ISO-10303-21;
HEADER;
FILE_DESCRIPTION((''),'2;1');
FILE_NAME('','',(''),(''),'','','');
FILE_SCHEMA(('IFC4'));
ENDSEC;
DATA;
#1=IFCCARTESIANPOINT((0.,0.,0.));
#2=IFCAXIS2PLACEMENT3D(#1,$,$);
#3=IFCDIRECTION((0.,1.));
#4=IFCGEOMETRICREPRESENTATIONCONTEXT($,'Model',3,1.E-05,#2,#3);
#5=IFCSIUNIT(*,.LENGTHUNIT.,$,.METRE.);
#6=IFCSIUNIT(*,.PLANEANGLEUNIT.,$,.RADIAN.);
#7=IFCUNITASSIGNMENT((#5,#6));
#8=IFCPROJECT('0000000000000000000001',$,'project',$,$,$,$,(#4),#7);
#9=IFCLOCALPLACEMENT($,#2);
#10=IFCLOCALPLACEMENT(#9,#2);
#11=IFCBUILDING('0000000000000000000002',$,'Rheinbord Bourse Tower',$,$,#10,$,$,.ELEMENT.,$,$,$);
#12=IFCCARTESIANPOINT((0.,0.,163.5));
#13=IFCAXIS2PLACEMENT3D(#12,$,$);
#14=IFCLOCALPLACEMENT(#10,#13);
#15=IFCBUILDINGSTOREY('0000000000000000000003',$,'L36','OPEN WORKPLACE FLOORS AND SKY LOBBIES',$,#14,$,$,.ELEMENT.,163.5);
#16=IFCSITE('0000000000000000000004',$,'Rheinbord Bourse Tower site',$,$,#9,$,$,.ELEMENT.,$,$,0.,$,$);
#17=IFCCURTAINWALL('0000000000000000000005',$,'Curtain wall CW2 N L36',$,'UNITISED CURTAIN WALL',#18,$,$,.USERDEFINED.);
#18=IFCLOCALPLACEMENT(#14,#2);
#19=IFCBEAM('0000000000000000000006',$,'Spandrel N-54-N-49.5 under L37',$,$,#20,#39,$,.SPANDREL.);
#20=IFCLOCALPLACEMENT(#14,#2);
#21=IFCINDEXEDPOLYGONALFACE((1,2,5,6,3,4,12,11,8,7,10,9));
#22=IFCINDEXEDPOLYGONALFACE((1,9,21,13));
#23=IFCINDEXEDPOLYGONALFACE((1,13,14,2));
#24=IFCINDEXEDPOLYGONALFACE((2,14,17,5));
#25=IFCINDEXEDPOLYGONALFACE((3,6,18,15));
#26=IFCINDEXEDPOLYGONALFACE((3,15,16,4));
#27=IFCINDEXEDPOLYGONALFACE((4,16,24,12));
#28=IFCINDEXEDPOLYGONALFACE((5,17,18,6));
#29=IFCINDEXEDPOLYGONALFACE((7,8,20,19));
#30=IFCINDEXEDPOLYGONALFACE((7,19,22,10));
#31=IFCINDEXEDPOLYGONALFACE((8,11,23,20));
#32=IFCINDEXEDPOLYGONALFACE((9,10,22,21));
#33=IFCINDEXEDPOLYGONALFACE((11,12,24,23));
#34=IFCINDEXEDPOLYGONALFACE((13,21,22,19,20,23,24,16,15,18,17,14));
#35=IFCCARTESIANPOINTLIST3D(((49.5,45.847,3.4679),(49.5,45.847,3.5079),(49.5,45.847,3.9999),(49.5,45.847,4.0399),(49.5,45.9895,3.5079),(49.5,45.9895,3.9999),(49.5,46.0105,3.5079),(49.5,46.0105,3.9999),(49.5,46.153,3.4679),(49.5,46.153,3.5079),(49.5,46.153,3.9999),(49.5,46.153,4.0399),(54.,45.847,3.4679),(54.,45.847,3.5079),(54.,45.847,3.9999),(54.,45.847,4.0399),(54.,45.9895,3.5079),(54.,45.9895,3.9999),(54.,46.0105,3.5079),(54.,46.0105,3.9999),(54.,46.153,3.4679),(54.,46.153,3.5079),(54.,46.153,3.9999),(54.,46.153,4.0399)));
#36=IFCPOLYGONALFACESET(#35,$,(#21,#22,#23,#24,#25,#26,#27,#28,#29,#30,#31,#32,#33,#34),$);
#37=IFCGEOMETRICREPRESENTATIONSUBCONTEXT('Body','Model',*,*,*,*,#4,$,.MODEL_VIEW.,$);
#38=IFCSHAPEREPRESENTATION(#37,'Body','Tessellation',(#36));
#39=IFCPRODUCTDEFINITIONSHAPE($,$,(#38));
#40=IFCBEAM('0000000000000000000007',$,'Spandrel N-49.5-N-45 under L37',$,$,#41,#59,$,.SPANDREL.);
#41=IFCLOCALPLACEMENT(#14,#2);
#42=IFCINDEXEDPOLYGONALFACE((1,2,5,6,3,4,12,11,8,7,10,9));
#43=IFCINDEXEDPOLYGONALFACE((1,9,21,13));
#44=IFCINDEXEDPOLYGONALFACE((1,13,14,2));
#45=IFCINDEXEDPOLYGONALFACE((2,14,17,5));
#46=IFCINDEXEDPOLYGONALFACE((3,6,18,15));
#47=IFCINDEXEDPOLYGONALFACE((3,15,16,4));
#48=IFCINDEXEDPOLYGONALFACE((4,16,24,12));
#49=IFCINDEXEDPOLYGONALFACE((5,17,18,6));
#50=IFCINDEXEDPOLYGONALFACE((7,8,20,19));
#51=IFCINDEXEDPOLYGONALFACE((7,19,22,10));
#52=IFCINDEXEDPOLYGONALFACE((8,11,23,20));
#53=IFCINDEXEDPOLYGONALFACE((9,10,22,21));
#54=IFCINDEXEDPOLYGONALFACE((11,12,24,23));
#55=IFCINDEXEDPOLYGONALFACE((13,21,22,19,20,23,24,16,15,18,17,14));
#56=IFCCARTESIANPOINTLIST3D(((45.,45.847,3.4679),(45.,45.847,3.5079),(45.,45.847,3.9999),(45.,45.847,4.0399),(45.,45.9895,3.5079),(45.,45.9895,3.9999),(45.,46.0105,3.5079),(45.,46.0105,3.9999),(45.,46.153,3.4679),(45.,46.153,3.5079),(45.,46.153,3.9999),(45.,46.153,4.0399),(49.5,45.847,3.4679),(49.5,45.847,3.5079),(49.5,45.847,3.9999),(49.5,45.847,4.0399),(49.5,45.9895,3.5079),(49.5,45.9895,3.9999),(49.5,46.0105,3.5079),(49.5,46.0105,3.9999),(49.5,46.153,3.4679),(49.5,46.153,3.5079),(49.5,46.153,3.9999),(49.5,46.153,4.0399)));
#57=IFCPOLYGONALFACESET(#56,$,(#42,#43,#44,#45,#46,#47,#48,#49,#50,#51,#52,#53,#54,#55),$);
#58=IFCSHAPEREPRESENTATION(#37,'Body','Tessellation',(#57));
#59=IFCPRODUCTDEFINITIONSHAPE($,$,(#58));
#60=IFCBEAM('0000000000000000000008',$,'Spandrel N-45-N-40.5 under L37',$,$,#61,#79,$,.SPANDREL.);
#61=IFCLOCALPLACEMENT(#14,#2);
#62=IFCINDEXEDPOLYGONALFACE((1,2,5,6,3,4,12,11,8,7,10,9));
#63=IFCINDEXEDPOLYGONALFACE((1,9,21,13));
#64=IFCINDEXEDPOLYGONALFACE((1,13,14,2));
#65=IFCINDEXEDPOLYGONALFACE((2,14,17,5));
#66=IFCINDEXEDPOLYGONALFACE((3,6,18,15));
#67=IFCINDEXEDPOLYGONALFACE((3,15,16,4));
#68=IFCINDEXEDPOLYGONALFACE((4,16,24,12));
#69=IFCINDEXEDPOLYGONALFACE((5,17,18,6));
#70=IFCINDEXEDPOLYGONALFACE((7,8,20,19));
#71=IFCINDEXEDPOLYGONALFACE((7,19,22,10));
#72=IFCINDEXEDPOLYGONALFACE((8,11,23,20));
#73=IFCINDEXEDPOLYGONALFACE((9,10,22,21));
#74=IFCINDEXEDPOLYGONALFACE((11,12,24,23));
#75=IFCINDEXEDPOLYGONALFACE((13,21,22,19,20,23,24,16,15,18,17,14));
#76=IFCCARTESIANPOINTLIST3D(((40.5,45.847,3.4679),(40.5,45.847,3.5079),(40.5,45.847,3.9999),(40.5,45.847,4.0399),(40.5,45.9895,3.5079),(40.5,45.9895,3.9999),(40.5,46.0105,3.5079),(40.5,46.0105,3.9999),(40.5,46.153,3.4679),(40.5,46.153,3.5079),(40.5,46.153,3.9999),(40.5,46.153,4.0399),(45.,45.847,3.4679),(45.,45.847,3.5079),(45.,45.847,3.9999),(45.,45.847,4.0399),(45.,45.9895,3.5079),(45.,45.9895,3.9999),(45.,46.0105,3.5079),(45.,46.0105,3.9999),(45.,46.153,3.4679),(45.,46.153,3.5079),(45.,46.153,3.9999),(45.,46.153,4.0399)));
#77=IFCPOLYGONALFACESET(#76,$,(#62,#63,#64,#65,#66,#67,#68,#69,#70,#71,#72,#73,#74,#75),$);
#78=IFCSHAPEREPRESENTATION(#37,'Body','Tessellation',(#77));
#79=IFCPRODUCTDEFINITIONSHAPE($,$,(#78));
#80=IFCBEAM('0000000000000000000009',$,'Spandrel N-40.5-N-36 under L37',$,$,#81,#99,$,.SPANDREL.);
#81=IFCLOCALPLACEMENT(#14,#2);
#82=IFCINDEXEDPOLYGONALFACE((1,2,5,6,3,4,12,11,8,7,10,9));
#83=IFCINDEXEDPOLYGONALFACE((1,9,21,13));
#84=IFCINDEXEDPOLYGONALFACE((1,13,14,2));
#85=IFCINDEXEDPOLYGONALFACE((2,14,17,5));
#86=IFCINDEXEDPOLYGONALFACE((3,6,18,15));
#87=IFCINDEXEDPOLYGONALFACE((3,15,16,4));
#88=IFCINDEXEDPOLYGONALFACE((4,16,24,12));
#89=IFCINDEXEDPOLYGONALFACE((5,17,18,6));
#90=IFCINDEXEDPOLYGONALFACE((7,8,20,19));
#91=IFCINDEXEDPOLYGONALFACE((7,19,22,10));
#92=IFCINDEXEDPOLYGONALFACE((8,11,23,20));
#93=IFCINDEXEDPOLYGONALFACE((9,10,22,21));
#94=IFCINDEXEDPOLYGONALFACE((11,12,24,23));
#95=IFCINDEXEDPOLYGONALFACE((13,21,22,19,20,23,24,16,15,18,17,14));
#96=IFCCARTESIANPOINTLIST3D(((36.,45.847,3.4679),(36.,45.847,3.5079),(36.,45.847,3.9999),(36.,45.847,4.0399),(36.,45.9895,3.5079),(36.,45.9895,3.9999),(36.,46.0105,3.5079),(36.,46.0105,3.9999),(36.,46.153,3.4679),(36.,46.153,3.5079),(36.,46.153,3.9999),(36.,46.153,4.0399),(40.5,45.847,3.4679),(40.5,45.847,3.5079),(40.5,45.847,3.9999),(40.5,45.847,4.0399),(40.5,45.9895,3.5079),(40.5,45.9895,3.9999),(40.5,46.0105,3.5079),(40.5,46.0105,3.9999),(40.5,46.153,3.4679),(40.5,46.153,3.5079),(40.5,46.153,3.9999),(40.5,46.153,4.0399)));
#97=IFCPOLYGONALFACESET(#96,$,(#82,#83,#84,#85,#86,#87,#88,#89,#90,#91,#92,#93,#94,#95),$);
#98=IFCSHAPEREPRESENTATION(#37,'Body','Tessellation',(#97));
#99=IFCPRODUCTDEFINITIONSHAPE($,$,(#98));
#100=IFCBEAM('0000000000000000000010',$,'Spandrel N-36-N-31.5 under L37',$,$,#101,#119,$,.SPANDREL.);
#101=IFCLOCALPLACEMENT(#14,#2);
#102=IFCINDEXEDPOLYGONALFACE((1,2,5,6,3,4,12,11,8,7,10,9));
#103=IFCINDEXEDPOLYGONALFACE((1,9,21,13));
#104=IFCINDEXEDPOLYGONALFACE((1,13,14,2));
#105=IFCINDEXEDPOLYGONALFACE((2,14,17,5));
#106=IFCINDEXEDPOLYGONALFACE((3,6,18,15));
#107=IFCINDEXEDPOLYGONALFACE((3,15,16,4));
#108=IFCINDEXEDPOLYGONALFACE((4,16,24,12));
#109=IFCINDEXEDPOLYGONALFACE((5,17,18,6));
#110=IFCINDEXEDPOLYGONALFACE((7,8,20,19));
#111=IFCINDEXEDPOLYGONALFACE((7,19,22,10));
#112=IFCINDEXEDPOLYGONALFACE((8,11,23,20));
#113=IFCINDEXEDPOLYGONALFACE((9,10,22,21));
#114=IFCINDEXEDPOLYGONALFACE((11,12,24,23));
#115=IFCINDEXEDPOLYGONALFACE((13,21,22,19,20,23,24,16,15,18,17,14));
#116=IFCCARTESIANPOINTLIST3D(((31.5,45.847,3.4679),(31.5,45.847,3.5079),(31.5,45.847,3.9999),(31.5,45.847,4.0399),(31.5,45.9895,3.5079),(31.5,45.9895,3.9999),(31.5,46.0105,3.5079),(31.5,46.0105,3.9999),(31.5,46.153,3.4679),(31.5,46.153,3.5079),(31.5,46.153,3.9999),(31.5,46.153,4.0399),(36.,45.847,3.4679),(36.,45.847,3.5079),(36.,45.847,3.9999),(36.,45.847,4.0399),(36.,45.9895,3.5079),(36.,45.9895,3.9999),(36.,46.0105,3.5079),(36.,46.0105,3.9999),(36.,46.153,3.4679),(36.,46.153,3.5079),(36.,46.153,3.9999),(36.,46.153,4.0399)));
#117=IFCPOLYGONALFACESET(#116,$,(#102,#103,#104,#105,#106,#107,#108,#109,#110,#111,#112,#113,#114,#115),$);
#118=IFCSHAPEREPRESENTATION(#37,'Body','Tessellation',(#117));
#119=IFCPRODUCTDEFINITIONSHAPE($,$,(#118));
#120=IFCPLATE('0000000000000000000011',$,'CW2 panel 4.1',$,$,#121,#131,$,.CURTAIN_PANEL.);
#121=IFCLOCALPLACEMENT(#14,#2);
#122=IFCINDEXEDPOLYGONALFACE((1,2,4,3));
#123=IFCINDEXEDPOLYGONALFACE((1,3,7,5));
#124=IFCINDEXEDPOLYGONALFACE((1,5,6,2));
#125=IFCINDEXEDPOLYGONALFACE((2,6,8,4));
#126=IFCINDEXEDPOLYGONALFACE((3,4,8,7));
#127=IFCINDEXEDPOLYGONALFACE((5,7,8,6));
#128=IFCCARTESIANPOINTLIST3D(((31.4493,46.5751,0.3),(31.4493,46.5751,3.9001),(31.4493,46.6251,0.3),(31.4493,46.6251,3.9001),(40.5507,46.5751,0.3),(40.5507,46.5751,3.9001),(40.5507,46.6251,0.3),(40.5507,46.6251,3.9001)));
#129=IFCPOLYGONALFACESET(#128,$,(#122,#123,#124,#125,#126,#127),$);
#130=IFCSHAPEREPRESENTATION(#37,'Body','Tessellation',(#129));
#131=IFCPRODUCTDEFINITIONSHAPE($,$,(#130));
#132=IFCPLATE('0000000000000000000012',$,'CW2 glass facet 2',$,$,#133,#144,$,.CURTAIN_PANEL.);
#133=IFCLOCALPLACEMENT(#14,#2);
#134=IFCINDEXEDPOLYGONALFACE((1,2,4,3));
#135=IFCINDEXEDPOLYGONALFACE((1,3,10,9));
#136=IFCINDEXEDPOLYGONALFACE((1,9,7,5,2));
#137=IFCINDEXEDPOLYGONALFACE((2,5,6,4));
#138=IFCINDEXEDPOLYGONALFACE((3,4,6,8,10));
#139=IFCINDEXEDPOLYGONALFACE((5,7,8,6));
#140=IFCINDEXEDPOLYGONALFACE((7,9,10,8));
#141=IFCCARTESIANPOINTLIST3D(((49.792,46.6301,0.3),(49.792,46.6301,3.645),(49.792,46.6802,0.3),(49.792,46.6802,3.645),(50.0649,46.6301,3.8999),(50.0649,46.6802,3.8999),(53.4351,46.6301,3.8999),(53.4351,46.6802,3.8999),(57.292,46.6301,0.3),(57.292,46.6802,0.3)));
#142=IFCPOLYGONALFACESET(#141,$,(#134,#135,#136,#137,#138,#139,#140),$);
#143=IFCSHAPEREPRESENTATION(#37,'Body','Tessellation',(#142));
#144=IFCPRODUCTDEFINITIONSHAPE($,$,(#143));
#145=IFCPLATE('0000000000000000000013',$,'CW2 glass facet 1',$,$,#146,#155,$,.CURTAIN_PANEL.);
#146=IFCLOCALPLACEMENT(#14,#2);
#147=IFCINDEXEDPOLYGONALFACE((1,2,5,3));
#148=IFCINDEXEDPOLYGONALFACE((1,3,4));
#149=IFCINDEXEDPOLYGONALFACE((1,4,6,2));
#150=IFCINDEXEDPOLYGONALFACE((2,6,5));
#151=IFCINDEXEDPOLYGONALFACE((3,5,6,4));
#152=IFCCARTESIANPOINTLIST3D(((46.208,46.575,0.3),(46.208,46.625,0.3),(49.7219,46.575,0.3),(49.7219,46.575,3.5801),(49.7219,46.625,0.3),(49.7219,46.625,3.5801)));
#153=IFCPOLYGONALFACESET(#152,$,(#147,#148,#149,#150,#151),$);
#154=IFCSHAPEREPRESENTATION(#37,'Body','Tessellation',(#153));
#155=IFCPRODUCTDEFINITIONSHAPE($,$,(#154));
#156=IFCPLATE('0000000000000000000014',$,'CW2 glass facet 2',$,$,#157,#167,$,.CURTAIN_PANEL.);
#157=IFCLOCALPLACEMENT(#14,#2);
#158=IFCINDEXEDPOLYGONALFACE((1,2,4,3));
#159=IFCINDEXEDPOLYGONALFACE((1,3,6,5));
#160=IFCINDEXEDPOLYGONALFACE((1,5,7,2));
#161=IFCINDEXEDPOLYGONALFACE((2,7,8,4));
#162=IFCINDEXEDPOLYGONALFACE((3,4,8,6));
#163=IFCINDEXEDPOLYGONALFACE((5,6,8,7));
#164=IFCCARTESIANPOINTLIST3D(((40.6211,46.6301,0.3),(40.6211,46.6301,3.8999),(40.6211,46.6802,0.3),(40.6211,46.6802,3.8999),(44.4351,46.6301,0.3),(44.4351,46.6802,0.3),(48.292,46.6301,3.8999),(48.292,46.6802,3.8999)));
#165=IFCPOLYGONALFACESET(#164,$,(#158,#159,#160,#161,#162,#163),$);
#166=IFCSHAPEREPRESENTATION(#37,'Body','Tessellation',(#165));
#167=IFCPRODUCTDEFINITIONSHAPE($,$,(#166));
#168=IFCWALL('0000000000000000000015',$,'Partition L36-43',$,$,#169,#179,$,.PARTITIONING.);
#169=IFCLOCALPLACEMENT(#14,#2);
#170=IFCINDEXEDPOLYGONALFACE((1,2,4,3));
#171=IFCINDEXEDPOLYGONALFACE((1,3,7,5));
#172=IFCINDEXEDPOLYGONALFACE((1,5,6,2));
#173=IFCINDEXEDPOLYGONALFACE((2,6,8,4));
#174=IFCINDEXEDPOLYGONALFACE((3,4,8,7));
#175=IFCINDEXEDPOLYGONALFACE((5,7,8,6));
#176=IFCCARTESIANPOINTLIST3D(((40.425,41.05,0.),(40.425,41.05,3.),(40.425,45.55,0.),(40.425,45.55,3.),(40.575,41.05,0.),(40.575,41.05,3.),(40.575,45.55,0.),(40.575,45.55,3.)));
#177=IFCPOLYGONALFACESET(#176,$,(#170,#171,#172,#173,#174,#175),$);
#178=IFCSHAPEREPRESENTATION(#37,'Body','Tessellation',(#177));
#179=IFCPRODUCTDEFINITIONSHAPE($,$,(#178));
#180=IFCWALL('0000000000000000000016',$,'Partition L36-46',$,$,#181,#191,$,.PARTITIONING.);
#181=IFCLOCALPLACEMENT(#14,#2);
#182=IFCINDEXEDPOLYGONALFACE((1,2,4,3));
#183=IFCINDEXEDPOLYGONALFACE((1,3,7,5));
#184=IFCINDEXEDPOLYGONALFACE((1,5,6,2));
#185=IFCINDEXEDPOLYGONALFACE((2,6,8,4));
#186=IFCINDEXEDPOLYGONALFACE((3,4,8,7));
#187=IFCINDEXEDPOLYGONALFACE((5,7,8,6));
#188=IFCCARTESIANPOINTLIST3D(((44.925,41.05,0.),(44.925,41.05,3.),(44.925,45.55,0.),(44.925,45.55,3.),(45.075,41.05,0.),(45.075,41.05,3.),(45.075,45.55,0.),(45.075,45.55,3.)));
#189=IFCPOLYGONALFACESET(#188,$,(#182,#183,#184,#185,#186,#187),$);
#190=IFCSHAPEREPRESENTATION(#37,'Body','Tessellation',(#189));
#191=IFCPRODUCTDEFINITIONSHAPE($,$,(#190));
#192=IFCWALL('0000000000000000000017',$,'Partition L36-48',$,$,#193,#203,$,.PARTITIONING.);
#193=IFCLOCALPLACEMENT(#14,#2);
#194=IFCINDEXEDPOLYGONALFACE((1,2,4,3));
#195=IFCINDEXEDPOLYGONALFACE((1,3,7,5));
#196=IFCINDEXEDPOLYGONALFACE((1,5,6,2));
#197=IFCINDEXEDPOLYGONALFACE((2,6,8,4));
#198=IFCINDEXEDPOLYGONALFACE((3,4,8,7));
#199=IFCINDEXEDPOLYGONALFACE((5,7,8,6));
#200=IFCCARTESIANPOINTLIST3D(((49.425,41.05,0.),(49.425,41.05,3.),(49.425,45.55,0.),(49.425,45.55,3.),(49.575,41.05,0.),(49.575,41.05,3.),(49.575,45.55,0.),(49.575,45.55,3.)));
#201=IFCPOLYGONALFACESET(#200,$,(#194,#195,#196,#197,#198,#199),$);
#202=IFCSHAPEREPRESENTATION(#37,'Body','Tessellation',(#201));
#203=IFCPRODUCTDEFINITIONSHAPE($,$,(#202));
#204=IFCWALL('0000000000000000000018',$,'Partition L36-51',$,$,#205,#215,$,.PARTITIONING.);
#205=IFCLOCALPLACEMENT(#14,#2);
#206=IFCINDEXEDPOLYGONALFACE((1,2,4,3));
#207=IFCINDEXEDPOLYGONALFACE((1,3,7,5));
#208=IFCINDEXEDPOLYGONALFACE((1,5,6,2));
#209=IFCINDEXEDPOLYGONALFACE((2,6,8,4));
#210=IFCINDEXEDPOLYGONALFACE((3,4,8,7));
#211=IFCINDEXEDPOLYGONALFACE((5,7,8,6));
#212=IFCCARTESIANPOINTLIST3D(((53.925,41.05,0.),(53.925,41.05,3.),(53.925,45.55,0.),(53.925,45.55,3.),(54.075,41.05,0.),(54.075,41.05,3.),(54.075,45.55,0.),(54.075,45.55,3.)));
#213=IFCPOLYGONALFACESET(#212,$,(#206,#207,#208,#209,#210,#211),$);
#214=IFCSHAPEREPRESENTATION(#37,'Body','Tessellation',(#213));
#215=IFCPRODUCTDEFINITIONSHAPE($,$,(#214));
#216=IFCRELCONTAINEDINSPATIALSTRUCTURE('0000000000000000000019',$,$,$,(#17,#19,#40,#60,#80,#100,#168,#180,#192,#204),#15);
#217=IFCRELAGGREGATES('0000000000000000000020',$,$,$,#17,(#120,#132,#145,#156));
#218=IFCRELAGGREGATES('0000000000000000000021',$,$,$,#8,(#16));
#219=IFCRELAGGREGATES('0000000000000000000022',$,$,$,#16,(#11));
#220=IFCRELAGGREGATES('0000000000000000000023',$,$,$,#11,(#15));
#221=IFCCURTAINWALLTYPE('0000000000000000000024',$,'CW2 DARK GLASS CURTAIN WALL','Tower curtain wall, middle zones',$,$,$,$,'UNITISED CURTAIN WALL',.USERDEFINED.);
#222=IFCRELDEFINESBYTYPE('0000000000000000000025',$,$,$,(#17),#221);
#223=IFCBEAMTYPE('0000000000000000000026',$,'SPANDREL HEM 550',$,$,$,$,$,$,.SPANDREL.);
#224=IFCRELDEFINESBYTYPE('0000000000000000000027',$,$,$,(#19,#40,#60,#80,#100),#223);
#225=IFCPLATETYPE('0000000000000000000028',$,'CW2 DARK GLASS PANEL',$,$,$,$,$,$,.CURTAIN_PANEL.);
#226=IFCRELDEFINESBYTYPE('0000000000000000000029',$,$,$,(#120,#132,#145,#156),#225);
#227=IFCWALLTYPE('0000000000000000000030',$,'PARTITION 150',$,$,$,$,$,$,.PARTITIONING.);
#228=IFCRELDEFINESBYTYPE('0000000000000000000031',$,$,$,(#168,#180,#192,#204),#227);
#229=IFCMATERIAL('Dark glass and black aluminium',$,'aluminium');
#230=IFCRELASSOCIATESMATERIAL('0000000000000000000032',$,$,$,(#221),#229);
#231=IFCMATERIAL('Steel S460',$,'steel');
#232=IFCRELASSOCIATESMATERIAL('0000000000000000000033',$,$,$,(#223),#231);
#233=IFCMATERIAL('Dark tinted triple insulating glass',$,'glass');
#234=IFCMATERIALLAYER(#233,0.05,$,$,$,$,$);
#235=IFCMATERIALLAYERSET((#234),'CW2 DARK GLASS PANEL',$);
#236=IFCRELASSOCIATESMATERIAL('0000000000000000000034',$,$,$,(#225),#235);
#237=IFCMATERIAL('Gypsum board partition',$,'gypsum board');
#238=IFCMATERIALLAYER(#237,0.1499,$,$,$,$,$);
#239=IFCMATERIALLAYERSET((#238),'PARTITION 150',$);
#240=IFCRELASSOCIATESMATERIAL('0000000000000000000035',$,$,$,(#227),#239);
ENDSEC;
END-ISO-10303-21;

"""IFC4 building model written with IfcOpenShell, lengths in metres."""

from ifc_helpers import new_model, si_unit, direction, frame, frame_2d, origin, origin_2d, place, context, subcontext, project, spatial, polyline, rectangle, i_section, outline, extrude, material, layer, layer_set, material_profile, profile_set, type_object, element, aggregate, save


model = new_model("IFC4")

# Units and contexts
model_context = context("Model", 3, precision=1e-05, world=origin(), true_north=direction((0.0, 1.0)))
body_context = subcontext(model_context, "Body", "Model", "MODEL_VIEW")
ifc_project = project(units=[si_unit("LENGTHUNIT", "METRE"), si_unit("PLANEANGLEUNIT", "RADIAN")], contexts=[model_context])

# Site, building, storey
site_placement = place(None, origin())
site = spatial("IfcSite", under=ifc_project, at=site_placement, Name="Rheinbord Bourse Tower site", CompositionType="ELEMENT", RefElevation=0.0)
building_placement = place(site_placement, origin())
building = spatial("IfcBuilding", under=site, at=building_placement, Name="Rheinbord Bourse Tower", CompositionType="ELEMENT")
storey_placement = place(building_placement, frame((0.0, 0.0, 163.5)))
storey = spatial("IfcBuildingStorey", under=building, at=storey_placement, Name="L36", Description="OPEN WORKPLACE FLOORS AND SKY LOBBIES", CompositionType="ELEMENT", Elevation=163.5)

# Curtain wall
ifc_material_1 = material(Name="Dark glass and black aluminium", Category="aluminium")
curtain_wall_type = type_object("IfcCurtainWallType", Name="CW2 DARK GLASS CURTAIN WALL", Description="Tower curtain wall, middle zones", ElementType="UNITISED CURTAIN WALL", PredefinedType="USERDEFINED", material=ifc_material_1)
curtain_wall_placement = place(storey_placement, origin())
curtain_wall = element("IfcCurtainWall", 1, at=curtain_wall_placement, inside=storey, type_object=curtain_wall_type, Name="Curtain wall CW2 N L36", ObjectType="UNITISED CURTAIN WALL", PredefinedType="USERDEFINED")

# Beams
ifc_material_2 = material(Name="Steel S460", Category="steel")
ifc_material_profile_1 = material_profile(ifc_material_2, i_section(OverallWidth=0.3059, OverallDepth=0.572, WebThickness=0.021, FlangeThickness=0.04, at=origin_2d()), Name="HEM 550")
ifc_profile_set_1 = profile_set([ifc_material_profile_1], Name="Steel S460")
beam_type_1 = type_object("IfcBeamType", Name="SPANDREL HEM 550", PredefinedType="SPANDREL", material=ifc_profile_set_1)
for number, where, z_axis, x_axis, name in (
    (2, (54.0, 46.0, 3.7539), (-1.0, 0.0, 0.0), (0.0, -1.0, 0.0), "Spandrel N-54-N-49.5 under L37"),
    (3, (49.5, 46.0, 3.7539), (-1.0, 0.0, 0.0), (0.0, -1.0, 0.0), "Spandrel N-49.5-N-45 under L37"),
    (4, (45.0, 46.0, 3.7539), (-1.0, 0.0, 0.0), (0.0, -1.0, 0.0), "Spandrel N-45-N-40.5 under L37"),
    (5, (40.5, 46.0, 3.7539), (-1.0, 0.0, 0.0), (0.0, -1.0, 0.0), "Spandrel N-40.5-N-36 under L37"),
    (6, (36.0, 46.0, 3.7539), (-1.0, 0.0, 0.0), (0.0, -1.0, 0.0), "Spandrel N-36-N-31.5 under L37"),
):
    element("IfcBeam", number, at=place(storey_placement, frame(where, z_axis=z_axis, x_axis=x_axis)), inside=storey, type_object=beam_type_1, Name=name, PredefinedType="SPANDREL", context=body_context, shape_type="SweptSolid", body=[
        extrude(i_section(OverallWidth=0.3059, OverallDepth=0.572, WebThickness=0.021, FlangeThickness=0.04, at=origin_2d()), origin(), (0.0, 0.0, 1.0), 4.5),
    ])

# Plates
ifc_material_3 = material(Name="Dark tinted triple insulating glass", Category="glass")
ifc_layer_1 = layer(ifc_material_3, 0.05)
ifc_layer_set_1 = layer_set([ifc_layer_1], Name="CW2 DARK GLASS PANEL")
plate_type = type_object("IfcPlateType", Name="CW2 DARK GLASS PANEL", PredefinedType="CURTAIN_PANEL", material=ifc_layer_set_1)
plate_1_placement = place(storey_placement, frame((36.0, 46.6001, 0.3), z_axis=(0.0, 0.0, 1.0), x_axis=(-1.0, 0.0, 0.0)))
plate_1 = element("IfcPlate", 7, at=plate_1_placement, type_object=plate_type, Name="CW2 panel 4.1", PredefinedType="CURTAIN_PANEL", context=body_context, shape_type="SweptSolid", body=[
    extrude(rectangle(XDim=9.1013, YDim=0.05, at=origin_2d()), origin(), (0.0, 0.0, 1.0), 3.6001),
])
plate_2_placement = place(storey_placement, frame((49.792, 46.6802, 0.3), z_axis=(0.0, -1.0, 0.0), x_axis=(1.0, 0.0, 0.0)))
plate_2 = element("IfcPlate", 8, at=plate_2_placement, type_object=plate_type, Name="CW2 glass facet 2", PredefinedType="CURTAIN_PANEL", context=body_context, shape_type="SweptSolid", body=[
    extrude(outline(polyline([(0.0, 0.0), (7.5, 0.0), (3.6431, 3.5999), (0.2729, 3.5999), (0.0, 3.345), (0.0, 0.0)])), origin(), (0.0, 0.0, 1.0), 0.05),
])
plate_3_placement = place(storey_placement, frame((49.7219, 46.625, 0.3), z_axis=(0.0, -1.0, 0.0), x_axis=(0.0, 0.0, 1.0)))
plate_3 = element("IfcPlate", 9, at=plate_3_placement, type_object=plate_type, Name="CW2 glass facet 1", PredefinedType="CURTAIN_PANEL", context=body_context, shape_type="SweptSolid", body=[
    extrude(outline(polyline([(0.0, 0.0), (3.28, 0.0), (0.0, 3.5139), (0.0, 0.0)])), origin(), (0.0, 0.0, 1.0), 0.05),
])
plate_4_placement = place(storey_placement, frame((40.6211, 46.6802, 3.8999), z_axis=(0.0, -1.0, 0.0), x_axis=(0.0, 0.0, -1.0)))
plate_4 = element("IfcPlate", 10, at=plate_4_placement, type_object=plate_type, Name="CW2 glass facet 2", PredefinedType="CURTAIN_PANEL", context=body_context, shape_type="SweptSolid", body=[
    extrude(outline(polyline([(0.0, 0.0), (3.5999, 0.0), (3.5999, 3.814), (0.0, 7.6709), (0.0, 0.0)])), origin(), (0.0, 0.0, 1.0), 0.05),
])
aggregate(curtain_wall, [plate_1, plate_2, plate_3, plate_4])

# Walls
ifc_material_4 = material(Name="Gypsum board partition", Category="gypsum board")
ifc_layer_2 = layer(ifc_material_4, 0.1499)
ifc_layer_set_2 = layer_set([ifc_layer_2], Name="PARTITION 150")
wall_type = type_object("IfcWallType", Name="PARTITION 150", PredefinedType="PARTITIONING", material=ifc_layer_set_2)
for number, where, z_axis, x_axis, name in (
    (11, (40.5, 41.05, 0.0), (0.0, 0.0, 1.0), (0.0, 1.0, 0.0), "Partition L36-43"),
    (12, (45.0, 41.05, 0.0), (0.0, 0.0, 1.0), (0.0, 1.0, 0.0), "Partition L36-46"),
    (13, (49.5, 41.05, 0.0), (0.0, 0.0, 1.0), (0.0, 1.0, 0.0), "Partition L36-48"),
    (14, (54.0, 41.05, 0.0), (0.0, 0.0, 1.0), (0.0, 1.0, 0.0), "Partition L36-51"),
):
    element("IfcWall", number, at=place(storey_placement, frame(where, z_axis=z_axis, x_axis=x_axis)), inside=storey, type_object=wall_type, Name=name, PredefinedType="PARTITIONING", context=body_context, shape_type="SweptSolid", body=[
        extrude(rectangle(XDim=4.5, YDim=0.1499, at=frame_2d((2.25, 0.0))), origin(), (0.0, 0.0, 1.0), 3.0),
    ])

save(model, "model.ifc")
